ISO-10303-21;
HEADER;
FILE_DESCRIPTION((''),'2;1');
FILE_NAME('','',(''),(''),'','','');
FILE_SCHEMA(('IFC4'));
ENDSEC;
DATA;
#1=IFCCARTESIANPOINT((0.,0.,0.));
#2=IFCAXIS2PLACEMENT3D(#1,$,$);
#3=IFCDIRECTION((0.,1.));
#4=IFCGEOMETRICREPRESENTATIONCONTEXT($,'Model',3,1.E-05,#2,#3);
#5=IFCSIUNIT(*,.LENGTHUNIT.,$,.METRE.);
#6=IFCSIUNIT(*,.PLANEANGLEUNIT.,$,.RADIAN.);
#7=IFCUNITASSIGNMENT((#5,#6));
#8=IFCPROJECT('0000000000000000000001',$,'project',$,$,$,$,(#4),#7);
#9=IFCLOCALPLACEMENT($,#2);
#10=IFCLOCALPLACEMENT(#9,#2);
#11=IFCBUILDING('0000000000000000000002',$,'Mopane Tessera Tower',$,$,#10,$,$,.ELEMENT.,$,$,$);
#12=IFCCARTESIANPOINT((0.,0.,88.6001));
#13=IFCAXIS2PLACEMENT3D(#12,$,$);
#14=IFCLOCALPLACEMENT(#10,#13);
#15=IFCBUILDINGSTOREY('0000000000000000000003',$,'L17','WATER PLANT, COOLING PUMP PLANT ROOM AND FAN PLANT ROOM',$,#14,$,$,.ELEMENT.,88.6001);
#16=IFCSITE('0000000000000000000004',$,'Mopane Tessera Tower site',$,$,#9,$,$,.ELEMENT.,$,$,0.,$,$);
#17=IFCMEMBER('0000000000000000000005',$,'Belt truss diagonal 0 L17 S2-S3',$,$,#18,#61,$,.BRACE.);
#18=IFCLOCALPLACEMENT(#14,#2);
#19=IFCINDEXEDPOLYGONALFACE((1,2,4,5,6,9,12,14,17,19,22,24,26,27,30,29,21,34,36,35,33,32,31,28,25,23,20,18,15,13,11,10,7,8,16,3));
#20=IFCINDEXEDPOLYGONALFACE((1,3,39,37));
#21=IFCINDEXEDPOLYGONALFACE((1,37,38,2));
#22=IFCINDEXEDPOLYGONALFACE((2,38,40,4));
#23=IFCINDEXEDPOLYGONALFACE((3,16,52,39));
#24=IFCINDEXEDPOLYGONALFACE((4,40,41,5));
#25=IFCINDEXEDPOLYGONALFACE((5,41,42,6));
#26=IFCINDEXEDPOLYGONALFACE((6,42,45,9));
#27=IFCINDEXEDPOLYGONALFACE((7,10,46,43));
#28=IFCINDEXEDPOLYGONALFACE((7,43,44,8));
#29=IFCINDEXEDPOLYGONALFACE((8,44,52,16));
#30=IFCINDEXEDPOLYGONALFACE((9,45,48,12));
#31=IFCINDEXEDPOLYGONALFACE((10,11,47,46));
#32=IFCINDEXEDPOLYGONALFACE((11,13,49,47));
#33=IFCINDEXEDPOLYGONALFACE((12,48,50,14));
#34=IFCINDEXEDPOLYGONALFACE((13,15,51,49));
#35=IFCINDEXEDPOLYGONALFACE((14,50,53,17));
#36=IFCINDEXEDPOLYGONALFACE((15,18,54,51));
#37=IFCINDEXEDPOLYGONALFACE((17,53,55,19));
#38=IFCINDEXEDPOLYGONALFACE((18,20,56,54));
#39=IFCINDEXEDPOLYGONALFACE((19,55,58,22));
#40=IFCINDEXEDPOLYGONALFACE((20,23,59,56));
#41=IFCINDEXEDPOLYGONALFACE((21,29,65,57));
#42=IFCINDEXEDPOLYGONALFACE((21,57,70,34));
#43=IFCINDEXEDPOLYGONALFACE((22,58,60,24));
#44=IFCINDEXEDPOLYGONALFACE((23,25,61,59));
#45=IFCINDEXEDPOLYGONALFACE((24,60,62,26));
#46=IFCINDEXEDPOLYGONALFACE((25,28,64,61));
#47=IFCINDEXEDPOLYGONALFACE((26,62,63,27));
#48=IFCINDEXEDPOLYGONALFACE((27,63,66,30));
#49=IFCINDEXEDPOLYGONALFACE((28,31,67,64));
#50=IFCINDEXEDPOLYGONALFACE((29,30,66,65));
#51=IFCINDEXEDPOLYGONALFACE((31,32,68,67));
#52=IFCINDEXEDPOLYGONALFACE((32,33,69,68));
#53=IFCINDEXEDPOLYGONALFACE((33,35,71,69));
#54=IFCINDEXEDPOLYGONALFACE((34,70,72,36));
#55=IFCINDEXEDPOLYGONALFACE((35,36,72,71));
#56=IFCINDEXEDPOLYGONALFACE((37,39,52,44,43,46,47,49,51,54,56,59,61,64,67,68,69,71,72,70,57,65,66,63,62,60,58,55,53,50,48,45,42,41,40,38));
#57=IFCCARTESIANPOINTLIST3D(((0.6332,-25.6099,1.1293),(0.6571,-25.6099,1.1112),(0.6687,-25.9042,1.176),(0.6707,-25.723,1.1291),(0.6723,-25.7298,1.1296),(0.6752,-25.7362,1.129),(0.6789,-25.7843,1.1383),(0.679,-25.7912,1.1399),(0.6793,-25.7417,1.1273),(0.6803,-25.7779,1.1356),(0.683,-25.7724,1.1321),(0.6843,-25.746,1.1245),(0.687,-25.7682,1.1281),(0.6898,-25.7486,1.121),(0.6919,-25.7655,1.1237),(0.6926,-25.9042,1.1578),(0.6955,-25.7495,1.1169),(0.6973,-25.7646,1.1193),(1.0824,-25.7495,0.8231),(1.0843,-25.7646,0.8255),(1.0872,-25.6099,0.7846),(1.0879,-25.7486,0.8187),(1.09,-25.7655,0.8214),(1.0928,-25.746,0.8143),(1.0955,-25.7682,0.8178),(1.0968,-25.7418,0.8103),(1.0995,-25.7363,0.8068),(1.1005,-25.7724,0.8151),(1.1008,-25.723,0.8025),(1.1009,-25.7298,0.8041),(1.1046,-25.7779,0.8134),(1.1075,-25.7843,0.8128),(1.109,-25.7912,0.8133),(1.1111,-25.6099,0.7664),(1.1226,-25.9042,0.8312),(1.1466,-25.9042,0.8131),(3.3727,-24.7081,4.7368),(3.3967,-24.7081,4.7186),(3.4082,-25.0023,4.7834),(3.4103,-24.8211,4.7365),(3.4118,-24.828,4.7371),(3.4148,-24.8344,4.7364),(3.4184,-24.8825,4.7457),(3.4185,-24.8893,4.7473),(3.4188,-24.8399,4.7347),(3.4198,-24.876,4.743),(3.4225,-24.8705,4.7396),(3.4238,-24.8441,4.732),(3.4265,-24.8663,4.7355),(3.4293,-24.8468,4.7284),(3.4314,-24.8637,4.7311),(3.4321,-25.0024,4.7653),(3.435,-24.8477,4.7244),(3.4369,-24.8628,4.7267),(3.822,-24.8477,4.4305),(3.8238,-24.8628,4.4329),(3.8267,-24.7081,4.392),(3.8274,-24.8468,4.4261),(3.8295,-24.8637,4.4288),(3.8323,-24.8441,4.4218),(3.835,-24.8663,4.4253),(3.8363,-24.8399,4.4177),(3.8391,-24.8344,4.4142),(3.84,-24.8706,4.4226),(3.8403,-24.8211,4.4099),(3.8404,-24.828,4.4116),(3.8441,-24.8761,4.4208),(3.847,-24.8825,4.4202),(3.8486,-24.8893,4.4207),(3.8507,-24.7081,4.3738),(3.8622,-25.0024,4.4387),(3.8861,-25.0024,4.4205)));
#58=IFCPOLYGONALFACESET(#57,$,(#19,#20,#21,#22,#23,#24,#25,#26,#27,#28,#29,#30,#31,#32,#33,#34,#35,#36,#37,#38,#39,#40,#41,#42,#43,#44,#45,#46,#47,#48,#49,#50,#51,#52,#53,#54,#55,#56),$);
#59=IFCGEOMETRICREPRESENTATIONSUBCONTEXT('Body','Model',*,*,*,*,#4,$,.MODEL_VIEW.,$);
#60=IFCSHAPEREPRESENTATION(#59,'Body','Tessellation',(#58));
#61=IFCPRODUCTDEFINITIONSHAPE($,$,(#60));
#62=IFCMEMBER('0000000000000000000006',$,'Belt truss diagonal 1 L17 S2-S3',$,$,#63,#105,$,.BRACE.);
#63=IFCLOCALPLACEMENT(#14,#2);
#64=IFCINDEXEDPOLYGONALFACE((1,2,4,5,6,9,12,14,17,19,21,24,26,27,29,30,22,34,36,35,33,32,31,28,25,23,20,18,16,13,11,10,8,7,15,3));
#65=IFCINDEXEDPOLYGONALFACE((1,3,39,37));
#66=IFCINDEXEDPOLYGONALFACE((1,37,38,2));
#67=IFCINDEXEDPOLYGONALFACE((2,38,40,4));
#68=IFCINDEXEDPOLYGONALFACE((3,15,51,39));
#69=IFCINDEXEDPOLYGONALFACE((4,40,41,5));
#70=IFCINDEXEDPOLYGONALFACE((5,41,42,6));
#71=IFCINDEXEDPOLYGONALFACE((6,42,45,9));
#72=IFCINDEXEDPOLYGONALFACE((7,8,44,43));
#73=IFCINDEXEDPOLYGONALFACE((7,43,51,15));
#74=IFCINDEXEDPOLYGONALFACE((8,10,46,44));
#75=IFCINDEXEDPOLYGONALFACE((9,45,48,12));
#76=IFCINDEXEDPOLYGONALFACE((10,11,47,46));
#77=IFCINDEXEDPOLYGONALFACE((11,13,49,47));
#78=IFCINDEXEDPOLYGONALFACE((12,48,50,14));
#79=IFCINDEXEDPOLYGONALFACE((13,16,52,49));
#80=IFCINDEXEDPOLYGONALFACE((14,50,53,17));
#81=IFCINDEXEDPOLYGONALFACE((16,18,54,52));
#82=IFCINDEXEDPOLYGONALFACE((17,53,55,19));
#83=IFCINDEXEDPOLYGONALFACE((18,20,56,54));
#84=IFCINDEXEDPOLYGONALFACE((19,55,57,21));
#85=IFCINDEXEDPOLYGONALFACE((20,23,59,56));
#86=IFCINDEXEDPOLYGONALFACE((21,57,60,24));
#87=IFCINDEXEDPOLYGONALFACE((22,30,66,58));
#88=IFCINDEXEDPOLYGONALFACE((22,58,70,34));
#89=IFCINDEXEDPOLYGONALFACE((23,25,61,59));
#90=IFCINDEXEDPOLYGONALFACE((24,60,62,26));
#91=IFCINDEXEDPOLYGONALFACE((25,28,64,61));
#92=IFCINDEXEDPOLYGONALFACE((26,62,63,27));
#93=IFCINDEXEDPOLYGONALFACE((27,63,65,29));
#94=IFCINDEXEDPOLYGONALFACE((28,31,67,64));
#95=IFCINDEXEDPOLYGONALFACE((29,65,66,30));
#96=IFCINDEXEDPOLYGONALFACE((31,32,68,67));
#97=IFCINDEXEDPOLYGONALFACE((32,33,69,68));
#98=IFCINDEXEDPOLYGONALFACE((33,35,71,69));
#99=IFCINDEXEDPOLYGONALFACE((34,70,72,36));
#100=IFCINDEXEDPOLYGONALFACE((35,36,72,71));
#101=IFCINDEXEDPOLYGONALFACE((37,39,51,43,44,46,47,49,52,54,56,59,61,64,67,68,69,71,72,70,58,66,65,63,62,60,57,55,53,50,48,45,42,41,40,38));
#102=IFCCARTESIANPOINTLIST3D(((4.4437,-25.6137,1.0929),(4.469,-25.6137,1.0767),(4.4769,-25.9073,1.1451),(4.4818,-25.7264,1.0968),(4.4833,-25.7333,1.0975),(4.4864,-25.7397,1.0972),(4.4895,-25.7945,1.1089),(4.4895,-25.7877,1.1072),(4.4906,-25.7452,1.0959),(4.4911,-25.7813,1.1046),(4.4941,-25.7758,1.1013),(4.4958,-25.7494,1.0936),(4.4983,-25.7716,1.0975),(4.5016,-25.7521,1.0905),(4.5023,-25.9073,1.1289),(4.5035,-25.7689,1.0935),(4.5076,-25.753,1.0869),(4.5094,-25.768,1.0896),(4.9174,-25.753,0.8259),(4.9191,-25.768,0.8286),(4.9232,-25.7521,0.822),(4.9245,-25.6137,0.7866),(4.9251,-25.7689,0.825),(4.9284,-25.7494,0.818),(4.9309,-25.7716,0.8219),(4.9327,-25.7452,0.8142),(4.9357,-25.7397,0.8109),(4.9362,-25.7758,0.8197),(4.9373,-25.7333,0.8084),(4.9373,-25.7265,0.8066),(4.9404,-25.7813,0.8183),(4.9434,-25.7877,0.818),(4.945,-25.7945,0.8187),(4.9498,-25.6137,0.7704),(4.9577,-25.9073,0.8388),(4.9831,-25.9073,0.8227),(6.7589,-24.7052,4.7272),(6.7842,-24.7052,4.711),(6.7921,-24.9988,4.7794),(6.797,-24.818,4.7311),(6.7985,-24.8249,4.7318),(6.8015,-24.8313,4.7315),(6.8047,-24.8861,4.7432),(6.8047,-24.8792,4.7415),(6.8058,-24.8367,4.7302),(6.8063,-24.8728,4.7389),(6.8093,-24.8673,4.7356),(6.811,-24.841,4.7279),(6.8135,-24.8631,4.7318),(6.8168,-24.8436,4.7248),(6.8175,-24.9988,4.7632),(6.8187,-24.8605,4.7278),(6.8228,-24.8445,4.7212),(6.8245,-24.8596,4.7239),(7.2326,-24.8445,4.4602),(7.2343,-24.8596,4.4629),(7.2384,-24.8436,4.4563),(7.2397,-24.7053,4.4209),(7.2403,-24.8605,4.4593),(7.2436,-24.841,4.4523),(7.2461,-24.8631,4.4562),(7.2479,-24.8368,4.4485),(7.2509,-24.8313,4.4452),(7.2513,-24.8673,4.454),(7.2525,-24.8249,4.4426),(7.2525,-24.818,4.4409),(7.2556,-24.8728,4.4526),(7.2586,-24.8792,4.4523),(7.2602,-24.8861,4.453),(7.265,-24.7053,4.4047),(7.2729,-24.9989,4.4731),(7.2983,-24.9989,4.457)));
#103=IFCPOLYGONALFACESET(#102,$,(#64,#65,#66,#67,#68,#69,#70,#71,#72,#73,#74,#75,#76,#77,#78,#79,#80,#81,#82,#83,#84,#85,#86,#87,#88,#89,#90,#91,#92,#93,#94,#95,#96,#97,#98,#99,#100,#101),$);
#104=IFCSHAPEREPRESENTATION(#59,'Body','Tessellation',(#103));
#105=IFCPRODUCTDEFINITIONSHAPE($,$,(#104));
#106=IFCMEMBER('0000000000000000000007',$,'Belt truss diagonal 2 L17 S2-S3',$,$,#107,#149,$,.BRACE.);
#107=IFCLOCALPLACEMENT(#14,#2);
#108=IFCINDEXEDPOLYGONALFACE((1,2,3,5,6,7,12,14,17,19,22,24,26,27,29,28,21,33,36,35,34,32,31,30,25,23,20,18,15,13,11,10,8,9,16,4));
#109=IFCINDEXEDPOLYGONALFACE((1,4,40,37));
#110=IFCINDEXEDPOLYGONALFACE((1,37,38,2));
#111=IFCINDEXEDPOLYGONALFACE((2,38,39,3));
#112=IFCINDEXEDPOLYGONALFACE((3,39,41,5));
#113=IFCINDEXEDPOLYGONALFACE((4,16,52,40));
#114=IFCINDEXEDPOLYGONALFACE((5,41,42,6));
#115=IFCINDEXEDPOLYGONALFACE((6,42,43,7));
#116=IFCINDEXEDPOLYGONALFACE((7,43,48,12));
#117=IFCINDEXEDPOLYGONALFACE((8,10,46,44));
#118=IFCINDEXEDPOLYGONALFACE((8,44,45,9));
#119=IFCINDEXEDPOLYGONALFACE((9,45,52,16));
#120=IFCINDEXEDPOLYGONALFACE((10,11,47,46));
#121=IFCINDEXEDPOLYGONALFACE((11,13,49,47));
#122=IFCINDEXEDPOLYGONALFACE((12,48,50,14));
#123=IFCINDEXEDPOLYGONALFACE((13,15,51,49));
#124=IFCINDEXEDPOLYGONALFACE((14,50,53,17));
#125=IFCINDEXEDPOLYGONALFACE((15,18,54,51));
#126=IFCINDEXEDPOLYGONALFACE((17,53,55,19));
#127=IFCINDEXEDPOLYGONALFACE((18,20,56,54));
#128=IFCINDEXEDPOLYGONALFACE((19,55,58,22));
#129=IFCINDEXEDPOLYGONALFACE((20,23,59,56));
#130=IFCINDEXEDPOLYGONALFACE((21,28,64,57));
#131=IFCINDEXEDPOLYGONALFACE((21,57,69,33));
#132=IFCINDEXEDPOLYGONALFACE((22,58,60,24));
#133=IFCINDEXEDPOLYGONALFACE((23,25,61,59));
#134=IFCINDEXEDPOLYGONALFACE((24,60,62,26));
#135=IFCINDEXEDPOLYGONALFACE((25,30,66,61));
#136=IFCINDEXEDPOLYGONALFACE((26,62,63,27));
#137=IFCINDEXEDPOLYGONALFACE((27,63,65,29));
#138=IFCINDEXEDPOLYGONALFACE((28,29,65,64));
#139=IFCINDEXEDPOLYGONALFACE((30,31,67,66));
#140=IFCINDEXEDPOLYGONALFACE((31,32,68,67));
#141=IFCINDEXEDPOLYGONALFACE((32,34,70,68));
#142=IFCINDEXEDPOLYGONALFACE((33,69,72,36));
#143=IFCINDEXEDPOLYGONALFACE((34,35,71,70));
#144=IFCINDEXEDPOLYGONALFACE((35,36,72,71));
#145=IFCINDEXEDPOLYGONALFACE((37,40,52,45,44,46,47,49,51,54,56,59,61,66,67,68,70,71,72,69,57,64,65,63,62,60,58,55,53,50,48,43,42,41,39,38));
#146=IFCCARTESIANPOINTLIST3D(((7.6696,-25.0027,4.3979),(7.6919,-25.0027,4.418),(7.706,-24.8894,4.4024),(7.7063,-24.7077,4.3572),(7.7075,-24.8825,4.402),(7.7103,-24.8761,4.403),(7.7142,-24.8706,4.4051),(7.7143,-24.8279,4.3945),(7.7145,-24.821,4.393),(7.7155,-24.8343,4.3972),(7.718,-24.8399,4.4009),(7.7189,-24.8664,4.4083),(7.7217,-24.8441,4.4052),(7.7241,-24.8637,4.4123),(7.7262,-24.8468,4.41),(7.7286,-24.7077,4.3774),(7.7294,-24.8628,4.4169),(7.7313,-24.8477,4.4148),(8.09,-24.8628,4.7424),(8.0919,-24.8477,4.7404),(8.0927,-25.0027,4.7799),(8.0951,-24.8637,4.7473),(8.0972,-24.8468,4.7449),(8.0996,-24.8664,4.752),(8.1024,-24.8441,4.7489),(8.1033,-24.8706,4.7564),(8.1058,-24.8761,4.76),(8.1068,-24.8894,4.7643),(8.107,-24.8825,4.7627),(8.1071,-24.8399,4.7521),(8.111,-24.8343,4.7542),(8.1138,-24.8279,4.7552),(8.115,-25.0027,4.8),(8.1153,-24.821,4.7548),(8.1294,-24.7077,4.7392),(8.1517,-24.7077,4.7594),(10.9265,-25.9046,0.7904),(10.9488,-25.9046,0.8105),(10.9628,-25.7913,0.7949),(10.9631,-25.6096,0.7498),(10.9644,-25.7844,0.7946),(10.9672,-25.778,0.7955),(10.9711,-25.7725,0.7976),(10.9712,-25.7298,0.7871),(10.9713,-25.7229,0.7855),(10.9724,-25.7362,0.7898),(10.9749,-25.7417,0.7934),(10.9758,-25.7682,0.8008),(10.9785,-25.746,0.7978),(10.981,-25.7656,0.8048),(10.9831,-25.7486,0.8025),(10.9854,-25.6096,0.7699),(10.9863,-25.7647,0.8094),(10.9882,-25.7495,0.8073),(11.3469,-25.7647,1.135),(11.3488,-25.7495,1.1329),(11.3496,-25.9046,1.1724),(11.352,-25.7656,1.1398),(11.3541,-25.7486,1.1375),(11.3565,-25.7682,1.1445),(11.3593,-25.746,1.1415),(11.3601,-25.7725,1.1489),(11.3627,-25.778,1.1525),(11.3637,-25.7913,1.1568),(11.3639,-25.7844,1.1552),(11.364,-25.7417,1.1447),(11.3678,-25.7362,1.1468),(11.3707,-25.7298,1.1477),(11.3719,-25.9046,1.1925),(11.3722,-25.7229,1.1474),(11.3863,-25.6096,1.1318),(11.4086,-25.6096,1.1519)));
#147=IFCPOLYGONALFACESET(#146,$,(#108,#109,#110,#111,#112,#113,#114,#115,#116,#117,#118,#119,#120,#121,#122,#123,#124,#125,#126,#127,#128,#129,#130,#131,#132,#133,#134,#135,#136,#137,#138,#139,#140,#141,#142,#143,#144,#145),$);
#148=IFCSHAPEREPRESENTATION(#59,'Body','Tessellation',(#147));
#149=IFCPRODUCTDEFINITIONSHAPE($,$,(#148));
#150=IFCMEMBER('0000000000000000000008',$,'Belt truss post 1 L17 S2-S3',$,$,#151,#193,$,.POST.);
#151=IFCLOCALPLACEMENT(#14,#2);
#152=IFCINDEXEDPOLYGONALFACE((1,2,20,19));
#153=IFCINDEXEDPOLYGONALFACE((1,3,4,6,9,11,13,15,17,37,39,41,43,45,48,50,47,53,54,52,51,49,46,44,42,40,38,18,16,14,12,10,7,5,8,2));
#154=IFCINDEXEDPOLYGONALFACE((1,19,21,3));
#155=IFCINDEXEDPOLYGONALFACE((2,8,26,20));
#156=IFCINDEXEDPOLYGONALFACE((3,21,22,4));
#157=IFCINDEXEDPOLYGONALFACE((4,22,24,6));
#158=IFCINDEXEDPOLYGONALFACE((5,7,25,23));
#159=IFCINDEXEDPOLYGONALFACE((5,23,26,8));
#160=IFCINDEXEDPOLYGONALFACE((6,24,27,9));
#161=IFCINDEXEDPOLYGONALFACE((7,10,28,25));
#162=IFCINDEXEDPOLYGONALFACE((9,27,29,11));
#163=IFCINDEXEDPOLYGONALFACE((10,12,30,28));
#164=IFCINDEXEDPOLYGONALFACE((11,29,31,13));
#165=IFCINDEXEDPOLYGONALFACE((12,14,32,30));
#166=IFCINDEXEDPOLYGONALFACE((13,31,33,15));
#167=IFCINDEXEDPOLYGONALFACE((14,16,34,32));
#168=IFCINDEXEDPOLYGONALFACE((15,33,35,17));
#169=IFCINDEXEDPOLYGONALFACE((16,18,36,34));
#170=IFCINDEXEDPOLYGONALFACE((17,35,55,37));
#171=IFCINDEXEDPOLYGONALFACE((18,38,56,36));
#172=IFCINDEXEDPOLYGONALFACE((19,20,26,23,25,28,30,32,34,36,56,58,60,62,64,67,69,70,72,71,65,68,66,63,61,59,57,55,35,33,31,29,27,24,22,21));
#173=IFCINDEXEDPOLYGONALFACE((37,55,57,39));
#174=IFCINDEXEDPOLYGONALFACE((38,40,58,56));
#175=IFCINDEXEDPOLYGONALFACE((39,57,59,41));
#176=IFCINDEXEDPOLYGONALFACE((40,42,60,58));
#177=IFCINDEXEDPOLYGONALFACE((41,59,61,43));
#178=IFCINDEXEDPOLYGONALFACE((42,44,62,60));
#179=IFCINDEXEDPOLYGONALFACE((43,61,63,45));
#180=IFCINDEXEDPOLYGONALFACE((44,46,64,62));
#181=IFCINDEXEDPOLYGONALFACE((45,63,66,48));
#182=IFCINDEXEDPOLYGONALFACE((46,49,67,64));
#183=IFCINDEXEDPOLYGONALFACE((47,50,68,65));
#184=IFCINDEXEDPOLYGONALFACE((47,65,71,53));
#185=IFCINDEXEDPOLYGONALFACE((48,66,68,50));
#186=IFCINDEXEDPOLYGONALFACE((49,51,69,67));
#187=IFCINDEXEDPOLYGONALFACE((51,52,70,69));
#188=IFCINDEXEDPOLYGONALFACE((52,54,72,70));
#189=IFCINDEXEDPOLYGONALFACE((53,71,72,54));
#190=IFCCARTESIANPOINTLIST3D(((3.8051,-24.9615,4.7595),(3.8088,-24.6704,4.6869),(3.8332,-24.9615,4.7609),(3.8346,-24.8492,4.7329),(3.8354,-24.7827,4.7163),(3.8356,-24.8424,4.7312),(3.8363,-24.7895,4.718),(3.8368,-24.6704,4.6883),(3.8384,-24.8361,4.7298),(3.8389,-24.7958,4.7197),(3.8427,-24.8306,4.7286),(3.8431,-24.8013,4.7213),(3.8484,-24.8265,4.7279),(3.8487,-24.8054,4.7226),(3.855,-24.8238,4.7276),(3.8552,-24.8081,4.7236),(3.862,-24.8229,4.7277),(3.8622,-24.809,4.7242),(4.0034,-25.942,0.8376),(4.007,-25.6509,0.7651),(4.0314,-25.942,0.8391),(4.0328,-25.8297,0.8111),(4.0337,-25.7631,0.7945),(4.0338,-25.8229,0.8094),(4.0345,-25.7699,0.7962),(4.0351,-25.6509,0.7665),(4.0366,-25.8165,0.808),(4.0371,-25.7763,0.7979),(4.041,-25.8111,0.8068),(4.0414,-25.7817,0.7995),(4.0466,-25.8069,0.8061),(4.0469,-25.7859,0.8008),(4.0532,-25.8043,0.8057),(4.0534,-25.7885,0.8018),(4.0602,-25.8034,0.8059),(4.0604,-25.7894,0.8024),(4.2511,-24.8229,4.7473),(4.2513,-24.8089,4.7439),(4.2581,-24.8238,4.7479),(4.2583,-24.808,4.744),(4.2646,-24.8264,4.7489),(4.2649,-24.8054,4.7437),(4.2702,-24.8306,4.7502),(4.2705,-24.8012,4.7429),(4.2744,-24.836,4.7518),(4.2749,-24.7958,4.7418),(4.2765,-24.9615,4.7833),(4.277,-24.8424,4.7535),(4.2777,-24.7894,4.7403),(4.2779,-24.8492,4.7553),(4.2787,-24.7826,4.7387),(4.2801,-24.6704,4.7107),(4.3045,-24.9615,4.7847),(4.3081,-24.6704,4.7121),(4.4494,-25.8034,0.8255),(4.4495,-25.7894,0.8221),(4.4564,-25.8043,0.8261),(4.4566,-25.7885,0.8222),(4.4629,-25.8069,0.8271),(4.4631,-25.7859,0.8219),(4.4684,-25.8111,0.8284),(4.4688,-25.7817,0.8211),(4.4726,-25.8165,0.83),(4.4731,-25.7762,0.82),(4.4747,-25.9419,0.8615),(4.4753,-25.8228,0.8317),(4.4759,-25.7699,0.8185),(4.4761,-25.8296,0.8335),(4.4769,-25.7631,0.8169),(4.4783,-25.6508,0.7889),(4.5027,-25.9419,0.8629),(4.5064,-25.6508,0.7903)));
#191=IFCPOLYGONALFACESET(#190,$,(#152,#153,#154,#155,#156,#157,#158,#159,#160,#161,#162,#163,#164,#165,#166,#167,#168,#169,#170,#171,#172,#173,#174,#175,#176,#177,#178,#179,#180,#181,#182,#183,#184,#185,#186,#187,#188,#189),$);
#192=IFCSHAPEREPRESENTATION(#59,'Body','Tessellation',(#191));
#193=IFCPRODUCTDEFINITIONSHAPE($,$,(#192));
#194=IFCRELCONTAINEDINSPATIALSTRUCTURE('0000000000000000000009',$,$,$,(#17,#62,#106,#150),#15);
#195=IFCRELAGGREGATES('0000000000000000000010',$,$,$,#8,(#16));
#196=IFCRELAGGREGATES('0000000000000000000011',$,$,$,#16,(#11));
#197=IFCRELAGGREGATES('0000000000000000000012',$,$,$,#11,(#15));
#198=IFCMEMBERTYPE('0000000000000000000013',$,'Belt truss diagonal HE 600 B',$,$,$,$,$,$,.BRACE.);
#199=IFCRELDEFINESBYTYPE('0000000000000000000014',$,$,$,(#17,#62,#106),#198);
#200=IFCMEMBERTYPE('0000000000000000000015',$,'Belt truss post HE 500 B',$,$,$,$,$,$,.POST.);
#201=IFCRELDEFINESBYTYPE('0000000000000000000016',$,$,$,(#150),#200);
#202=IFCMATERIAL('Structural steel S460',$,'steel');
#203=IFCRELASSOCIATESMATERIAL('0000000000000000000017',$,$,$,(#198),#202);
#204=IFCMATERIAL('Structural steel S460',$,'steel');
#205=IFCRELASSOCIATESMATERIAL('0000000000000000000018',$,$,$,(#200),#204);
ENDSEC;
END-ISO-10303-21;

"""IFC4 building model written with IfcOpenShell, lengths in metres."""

from ifc_helpers import new_model, si_unit, direction, frame, origin, origin_2d, place, context, subcontext, project, spatial, i_section, extrude, material, material_profile, profile_set, type_object, element, save


model = new_model("IFC4")

# Units and contexts
model_context = context("Model", 3, precision=1e-05, world=origin(), true_north=direction((0.0, 1.0)))
body_context = subcontext(model_context, "Body", "Model", "MODEL_VIEW")
ifc_project = project(units=[si_unit("LENGTHUNIT", "METRE"), si_unit("PLANEANGLEUNIT", "RADIAN")], contexts=[model_context])

# Site, building, storey
site_placement = place(None, origin())
site = spatial("IfcSite", under=ifc_project, at=site_placement, Name="Mopane Tessera Tower site", CompositionType="ELEMENT", RefElevation=0.0)
building_placement = place(site_placement, origin())
building = spatial("IfcBuilding", under=site, at=building_placement, Name="Mopane Tessera Tower", CompositionType="ELEMENT")
storey_placement = place(building_placement, frame((0.0, 0.0, 88.6001)))
storey = spatial("IfcBuildingStorey", under=building, at=storey_placement, Name="L17", Description="WATER PLANT, COOLING PUMP PLANT ROOM AND FAN PLANT ROOM", CompositionType="ELEMENT", Elevation=88.6001)

# Members
ifc_material_1 = material(Name="Structural steel S460", Category="steel")
ifc_material_profile_1 = material_profile(ifc_material_1, i_section(OverallWidth=0.3, OverallDepth=0.6001, WebThickness=0.0154, FlangeThickness=0.03, FilletRadius=0.0271, at=origin_2d()))
ifc_profile_set_1 = profile_set([ifc_material_profile_1], Name="Structural steel S460")
member_type_1 = type_object("IfcMemberType", Name="Belt truss diagonal HE 600 B", PredefinedType="BRACE", material=ifc_profile_set_1)
member_1_placement = place(storey_placement, frame((0.8899, -25.7571, 0.9712), z_axis=(0.593142, 0.195265, 0.78106), x_axis=(-0.118077, 0.980751, -0.155519)))
element("IfcMember", 1, at=member_1_placement, inside=storey, type_object=member_type_1, Name="Belt truss diagonal 0 L17 S2-S3", PredefinedType="BRACE", context=body_context, shape_type="SweptSolid", body=[
    extrude(i_section(OverallWidth=0.3, OverallDepth=0.6001, WebThickness=0.0154, FlangeThickness=0.03, FilletRadius=0.0271, at=origin_2d()), origin(), (0.0, 0.0, 1.0), 4.6187),
])
member_2_placement = place(storey_placement, frame((4.7134, -25.7605, 0.9578), z_axis=(0.525726, 0.206288, 0.825262), x_axis=(-0.110803, 0.978491, -0.174004)))
element("IfcMember", 2, at=member_2_placement, inside=storey, type_object=member_type_1, Name="Belt truss diagonal 1 L17 S2-S3", PredefinedType="BRACE", context=body_context, shape_type="SweptSolid", body=[
    extrude(i_section(OverallWidth=0.3, OverallDepth=0.6001, WebThickness=0.0154, FlangeThickness=0.03, FilletRadius=0.0271, at=origin_2d()), origin(), (0.0, 0.0, 1.0), 4.4038),
])
member_3_placement = place(storey_placement, frame((7.9106, -24.8552, 4.5786), z_axis=(0.658871, -0.182449, -0.729796), x_axis=(0.12226, 0.983215, -0.135426)))
element("IfcMember", 3, at=member_3_placement, inside=storey, type_object=member_type_1, Name="Belt truss diagonal 2 L17 S2-S3", PredefinedType="BRACE", context=body_context, shape_type="SweptSolid", body=[
    extrude(i_section(OverallWidth=0.3, OverallDepth=0.6001, WebThickness=0.0154, FlangeThickness=0.03, FilletRadius=0.0271, at=origin_2d()), origin(), (0.0, 0.0, 1.0), 4.9431),
])
ifc_material_2 = material(Name="Structural steel S460", Category="steel")
ifc_material_profile_2 = material_profile(ifc_material_2, i_section(OverallWidth=0.3, OverallDepth=0.5, WebThickness=0.0144, FlangeThickness=0.0281, FilletRadius=0.0271, at=origin_2d()))
ifc_profile_set_2 = profile_set([ifc_material_profile_2], Name="Structural steel S460")
member_type_2 = type_object("IfcMemberType", Name="Belt truss post HE 500 B", PredefinedType="POST", material=ifc_profile_set_2)
member_4_placement = place(storey_placement, frame((4.2549, -25.7964, 0.814), z_axis=(-0.04898, 0.242245, 0.968978), x_axis=(0.012139, 0.970215, -0.24194)))
element("IfcMember", 4, at=member_4_placement, inside=storey, type_object=member_type_2, Name="Belt truss post 1 L17 S2-S3", PredefinedType="POST", context=body_context, shape_type="SweptSolid", body=[
    extrude(i_section(OverallWidth=0.3, OverallDepth=0.5, WebThickness=0.0144, FlangeThickness=0.0281, FilletRadius=0.0271, at=origin_2d()), origin(), (0.0, 0.0, 1.0), 4.0474),
])

save(model, "model.ifc")
